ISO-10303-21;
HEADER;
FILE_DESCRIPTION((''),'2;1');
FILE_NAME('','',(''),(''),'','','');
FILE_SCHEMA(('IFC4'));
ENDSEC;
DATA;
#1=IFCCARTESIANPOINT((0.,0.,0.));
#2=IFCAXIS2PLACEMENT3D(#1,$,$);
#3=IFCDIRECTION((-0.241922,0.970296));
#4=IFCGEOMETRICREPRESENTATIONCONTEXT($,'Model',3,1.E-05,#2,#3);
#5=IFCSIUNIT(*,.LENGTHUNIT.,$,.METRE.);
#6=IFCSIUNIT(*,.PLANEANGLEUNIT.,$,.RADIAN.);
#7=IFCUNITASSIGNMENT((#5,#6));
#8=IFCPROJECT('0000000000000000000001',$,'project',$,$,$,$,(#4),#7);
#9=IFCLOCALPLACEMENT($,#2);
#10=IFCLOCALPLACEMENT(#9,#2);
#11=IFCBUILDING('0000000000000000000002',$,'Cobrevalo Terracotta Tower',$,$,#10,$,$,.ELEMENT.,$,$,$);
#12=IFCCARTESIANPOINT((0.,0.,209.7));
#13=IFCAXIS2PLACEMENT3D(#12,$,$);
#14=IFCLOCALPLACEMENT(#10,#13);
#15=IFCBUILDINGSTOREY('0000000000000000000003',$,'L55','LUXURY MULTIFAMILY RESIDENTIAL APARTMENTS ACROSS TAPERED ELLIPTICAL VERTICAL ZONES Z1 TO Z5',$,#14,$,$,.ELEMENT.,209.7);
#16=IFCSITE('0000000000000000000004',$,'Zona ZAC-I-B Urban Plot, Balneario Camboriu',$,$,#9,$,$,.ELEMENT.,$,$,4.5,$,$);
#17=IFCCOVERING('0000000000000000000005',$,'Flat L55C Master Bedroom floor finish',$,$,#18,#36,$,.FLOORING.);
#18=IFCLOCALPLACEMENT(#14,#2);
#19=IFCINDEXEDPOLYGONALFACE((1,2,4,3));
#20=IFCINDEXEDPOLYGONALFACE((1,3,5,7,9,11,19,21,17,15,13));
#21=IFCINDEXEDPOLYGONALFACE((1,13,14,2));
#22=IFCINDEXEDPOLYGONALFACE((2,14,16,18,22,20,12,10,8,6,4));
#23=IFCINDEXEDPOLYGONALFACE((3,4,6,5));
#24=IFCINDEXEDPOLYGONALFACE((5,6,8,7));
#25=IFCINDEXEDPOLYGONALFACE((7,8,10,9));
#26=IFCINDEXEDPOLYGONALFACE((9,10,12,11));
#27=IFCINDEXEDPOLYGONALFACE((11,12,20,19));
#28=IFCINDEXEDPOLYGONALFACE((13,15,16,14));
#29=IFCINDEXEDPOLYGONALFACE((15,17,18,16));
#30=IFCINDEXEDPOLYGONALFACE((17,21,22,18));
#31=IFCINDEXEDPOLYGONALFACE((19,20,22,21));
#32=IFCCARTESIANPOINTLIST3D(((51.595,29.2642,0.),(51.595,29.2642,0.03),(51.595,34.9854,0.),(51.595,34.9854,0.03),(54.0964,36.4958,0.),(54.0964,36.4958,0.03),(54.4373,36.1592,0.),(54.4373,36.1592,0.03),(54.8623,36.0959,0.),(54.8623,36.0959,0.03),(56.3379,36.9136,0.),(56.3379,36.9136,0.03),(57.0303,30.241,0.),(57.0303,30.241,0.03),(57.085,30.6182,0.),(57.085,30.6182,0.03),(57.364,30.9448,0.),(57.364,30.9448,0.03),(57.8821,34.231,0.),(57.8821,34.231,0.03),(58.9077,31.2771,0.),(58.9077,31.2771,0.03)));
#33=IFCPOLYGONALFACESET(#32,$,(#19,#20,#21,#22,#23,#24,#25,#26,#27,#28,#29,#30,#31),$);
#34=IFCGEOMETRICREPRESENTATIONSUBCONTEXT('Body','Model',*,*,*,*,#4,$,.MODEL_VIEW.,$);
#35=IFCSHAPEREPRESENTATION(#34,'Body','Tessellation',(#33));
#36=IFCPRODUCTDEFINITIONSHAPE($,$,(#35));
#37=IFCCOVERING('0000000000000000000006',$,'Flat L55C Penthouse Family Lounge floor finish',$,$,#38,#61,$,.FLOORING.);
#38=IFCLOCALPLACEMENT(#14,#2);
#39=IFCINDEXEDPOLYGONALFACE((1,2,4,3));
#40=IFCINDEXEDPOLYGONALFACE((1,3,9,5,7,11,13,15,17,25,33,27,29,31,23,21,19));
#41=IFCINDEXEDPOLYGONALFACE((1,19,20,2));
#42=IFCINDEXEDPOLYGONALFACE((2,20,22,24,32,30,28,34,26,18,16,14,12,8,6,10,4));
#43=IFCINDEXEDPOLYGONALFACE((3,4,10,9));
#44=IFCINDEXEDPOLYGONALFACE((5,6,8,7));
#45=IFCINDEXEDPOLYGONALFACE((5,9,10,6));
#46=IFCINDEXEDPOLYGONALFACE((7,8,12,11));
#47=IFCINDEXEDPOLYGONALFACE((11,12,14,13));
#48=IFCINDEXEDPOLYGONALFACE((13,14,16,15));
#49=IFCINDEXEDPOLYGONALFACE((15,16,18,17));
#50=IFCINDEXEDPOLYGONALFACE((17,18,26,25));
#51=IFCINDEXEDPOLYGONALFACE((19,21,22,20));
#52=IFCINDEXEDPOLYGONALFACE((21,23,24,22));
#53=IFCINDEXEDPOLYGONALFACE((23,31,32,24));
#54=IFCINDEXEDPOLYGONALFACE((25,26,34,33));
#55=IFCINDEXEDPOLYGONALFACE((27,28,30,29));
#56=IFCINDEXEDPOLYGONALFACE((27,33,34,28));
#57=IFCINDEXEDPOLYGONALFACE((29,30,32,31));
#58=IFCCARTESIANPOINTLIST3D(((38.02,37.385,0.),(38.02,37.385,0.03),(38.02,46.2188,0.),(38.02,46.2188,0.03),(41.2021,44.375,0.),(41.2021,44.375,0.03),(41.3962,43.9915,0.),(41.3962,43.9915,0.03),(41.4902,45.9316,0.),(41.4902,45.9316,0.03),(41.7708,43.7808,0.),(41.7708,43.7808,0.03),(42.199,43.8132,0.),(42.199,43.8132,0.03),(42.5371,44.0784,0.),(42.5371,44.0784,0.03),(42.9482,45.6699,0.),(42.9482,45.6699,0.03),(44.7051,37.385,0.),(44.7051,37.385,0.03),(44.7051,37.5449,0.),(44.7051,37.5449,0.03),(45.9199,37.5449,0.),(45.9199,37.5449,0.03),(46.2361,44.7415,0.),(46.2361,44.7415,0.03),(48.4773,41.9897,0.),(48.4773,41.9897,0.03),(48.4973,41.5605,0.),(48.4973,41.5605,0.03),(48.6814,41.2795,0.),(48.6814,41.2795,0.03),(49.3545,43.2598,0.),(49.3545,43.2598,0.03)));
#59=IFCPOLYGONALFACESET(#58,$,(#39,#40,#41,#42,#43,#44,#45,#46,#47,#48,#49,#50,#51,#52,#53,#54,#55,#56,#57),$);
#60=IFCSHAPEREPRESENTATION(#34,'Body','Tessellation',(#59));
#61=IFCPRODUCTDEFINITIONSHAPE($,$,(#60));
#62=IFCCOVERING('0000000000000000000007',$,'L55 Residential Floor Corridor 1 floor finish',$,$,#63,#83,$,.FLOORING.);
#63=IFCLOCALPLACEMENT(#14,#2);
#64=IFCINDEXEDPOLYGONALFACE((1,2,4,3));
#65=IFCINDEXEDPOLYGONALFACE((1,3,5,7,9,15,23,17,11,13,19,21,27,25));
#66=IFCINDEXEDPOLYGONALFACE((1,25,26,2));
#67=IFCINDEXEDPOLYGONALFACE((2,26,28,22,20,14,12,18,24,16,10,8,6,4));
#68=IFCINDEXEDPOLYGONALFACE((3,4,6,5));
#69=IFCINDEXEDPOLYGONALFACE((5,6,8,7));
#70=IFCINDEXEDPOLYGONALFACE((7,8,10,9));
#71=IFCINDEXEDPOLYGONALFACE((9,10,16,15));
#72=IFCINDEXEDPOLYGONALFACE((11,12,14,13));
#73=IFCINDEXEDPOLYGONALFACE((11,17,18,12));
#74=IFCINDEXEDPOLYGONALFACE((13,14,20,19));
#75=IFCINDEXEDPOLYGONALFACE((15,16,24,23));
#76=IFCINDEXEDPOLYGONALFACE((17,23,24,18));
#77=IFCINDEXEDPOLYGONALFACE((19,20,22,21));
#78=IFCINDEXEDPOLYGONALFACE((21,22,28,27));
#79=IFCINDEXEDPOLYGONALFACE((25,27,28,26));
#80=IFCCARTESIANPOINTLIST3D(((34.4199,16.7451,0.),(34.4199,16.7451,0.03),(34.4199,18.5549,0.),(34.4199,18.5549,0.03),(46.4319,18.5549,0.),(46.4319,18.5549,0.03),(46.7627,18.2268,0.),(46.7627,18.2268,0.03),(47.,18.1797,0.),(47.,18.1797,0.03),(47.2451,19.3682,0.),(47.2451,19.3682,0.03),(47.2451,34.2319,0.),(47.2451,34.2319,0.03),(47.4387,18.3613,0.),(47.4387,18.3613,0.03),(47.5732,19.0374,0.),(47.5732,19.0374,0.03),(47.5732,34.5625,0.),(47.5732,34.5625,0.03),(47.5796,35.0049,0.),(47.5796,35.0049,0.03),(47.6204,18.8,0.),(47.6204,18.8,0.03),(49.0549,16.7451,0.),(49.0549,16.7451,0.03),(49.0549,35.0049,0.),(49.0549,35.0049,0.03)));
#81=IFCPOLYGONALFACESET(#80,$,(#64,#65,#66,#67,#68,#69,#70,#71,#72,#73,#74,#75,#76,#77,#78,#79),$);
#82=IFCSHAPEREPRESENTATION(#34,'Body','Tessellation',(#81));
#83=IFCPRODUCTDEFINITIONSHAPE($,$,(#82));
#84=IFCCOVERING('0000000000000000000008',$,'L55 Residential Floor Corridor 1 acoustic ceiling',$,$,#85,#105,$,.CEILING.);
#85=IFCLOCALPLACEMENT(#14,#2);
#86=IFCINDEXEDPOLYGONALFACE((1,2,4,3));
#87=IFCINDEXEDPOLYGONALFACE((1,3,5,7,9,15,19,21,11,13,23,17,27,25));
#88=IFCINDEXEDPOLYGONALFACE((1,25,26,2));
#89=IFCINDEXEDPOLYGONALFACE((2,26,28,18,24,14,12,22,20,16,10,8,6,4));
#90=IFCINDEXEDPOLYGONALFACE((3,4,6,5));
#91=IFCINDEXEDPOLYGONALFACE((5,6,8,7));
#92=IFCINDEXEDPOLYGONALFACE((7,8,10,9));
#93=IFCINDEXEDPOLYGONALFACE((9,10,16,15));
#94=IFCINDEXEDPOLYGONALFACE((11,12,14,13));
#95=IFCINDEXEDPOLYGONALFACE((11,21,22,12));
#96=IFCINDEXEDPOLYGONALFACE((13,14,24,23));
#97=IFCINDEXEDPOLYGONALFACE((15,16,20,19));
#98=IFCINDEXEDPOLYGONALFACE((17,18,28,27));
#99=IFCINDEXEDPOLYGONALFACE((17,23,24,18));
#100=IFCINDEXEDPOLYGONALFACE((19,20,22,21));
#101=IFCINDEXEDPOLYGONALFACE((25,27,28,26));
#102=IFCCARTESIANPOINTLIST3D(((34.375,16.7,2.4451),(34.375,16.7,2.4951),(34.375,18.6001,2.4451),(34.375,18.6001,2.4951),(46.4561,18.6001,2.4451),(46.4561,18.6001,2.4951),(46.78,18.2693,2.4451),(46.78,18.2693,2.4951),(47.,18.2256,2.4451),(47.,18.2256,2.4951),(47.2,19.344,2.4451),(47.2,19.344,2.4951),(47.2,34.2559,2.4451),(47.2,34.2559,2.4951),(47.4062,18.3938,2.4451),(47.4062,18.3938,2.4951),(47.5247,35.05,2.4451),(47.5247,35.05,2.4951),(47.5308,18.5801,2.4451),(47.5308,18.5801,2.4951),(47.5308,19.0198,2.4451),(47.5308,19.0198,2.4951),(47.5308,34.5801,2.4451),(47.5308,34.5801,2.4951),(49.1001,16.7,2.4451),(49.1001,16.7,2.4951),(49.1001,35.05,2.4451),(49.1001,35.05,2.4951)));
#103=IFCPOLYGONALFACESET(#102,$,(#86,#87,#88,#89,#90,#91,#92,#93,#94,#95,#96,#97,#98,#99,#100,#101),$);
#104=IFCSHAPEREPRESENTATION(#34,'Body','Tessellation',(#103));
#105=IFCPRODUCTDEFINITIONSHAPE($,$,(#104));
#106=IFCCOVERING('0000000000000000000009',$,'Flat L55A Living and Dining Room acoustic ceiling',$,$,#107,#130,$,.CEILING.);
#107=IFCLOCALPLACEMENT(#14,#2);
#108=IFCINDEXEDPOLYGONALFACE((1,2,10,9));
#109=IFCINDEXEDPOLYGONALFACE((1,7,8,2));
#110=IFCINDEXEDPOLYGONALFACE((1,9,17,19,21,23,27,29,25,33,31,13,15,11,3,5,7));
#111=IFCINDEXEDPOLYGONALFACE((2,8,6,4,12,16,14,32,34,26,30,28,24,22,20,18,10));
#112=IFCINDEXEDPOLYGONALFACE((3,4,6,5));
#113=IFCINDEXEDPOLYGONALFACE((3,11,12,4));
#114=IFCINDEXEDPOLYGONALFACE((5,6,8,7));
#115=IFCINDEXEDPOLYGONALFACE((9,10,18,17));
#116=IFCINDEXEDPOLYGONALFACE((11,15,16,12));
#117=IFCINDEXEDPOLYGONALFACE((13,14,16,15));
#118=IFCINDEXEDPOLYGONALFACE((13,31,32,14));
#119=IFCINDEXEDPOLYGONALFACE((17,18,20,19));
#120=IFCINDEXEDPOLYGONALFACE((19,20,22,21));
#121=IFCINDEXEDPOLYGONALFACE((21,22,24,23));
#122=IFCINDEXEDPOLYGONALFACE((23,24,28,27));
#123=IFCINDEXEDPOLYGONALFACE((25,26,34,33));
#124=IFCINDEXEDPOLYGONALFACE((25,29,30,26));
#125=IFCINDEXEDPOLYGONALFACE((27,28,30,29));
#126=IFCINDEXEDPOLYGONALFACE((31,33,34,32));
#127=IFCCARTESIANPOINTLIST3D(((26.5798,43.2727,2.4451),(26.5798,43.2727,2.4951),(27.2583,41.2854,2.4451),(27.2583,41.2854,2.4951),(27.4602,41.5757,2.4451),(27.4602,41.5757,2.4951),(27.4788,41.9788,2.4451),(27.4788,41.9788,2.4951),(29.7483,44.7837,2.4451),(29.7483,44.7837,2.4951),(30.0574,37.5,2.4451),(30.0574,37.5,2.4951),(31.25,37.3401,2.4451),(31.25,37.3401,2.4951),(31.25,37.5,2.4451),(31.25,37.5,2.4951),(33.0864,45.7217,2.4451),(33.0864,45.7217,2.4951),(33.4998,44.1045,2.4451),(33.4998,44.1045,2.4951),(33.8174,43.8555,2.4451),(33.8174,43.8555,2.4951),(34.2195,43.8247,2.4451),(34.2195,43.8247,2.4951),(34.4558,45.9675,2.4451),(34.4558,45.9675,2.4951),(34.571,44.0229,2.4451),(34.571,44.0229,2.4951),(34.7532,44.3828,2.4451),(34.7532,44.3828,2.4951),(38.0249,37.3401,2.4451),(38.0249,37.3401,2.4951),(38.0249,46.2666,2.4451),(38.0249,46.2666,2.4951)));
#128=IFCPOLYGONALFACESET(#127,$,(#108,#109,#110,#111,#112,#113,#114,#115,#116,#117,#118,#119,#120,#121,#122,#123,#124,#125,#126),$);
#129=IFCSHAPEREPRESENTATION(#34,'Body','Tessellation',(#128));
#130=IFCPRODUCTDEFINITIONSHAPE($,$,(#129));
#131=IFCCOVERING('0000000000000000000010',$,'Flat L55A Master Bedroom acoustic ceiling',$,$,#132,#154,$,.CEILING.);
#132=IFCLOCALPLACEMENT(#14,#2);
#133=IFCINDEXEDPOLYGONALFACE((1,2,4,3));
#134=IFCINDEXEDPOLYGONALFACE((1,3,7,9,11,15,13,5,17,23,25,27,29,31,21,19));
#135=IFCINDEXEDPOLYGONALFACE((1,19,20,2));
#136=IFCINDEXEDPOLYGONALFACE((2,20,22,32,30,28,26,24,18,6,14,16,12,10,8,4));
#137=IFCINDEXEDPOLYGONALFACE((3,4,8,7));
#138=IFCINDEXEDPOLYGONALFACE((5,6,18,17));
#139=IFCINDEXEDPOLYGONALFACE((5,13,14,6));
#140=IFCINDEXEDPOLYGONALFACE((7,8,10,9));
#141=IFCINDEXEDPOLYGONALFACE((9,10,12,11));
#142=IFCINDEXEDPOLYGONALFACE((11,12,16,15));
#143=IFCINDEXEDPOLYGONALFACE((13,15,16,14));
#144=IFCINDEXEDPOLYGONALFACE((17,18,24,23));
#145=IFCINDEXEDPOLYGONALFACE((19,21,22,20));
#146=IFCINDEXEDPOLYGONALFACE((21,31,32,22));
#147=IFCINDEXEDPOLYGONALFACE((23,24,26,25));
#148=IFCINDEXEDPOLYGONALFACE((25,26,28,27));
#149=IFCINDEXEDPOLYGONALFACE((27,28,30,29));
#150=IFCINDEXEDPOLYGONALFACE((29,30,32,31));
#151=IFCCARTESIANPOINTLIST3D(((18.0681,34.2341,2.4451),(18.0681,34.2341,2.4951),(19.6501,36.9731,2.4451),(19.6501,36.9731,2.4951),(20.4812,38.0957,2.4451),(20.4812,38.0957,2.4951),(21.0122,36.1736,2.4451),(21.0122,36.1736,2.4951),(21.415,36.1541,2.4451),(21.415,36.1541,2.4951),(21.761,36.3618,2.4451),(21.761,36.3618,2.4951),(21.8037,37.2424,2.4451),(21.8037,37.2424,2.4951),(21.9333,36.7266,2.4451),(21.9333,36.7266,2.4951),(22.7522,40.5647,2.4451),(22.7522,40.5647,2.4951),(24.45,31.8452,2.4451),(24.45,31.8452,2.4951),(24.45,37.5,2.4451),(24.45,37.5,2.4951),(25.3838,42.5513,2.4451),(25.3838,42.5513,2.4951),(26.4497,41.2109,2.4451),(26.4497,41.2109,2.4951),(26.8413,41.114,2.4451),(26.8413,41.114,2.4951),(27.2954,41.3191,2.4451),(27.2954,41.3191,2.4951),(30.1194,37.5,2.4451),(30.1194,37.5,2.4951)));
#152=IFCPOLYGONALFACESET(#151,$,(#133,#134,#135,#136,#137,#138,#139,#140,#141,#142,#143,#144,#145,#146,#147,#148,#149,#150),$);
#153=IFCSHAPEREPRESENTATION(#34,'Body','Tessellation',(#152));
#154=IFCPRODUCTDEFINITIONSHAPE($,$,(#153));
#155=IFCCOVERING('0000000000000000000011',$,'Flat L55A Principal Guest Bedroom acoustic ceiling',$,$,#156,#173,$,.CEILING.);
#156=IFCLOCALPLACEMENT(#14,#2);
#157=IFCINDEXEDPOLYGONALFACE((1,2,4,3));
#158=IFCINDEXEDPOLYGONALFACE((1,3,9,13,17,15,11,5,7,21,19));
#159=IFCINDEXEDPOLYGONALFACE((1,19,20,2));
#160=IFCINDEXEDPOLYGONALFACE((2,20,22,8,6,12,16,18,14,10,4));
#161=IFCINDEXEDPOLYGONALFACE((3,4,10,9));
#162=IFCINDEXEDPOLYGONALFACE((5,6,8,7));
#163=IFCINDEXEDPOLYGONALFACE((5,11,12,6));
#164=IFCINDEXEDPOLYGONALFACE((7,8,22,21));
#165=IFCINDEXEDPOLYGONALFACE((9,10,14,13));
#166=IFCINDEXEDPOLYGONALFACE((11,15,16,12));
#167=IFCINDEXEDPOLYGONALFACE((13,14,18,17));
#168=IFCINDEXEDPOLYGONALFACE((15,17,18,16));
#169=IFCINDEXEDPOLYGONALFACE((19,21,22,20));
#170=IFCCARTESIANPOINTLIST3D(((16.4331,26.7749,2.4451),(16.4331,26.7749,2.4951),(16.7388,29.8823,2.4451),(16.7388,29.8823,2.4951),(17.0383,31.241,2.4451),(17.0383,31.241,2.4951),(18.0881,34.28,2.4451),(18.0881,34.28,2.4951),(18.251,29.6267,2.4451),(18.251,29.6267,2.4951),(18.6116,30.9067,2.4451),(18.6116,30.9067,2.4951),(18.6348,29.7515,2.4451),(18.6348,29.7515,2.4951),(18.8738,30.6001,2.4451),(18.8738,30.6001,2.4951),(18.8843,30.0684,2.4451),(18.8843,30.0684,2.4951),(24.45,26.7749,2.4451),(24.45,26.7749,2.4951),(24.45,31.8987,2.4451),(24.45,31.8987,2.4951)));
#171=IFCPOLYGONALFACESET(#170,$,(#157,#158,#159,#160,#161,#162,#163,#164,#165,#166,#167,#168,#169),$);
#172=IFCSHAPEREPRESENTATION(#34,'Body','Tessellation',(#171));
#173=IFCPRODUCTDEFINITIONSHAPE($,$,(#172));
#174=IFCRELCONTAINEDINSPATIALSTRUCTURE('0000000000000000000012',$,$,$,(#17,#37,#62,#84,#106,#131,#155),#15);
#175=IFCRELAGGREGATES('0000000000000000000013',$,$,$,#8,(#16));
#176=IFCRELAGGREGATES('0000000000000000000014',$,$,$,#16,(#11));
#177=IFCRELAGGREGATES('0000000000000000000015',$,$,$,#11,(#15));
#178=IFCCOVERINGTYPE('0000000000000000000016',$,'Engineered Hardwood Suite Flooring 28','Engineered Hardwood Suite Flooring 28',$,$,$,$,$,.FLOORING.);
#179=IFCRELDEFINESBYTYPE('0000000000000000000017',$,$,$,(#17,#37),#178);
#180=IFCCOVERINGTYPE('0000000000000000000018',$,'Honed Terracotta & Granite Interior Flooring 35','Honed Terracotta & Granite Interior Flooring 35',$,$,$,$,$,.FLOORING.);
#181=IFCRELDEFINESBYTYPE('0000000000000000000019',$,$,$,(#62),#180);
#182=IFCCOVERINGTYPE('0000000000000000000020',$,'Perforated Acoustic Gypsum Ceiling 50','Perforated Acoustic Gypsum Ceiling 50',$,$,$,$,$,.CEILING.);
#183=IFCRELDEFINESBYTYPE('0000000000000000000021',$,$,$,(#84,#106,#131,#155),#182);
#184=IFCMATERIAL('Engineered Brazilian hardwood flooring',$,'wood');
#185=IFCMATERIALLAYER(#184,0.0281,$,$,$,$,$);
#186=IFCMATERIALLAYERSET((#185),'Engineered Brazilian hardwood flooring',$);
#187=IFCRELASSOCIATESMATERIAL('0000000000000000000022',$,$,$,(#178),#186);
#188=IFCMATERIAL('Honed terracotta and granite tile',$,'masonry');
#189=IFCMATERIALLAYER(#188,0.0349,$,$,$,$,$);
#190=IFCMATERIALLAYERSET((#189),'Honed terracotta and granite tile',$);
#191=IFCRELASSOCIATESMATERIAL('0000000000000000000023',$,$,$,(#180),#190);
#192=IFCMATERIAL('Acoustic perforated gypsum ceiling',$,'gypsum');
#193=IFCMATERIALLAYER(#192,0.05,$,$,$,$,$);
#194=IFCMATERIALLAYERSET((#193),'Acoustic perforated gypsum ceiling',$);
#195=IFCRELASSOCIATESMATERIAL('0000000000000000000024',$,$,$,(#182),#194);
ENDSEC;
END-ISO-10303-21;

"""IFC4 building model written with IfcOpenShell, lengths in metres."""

from ifc_helpers import new_model, si_unit, direction, frame, origin, place, context, subcontext, project, spatial, polyline, outline, extrude, material, layer, layer_set, type_object, element, save


model = new_model("IFC4")

# Units and contexts
model_context = context("Model", 3, precision=1e-05, world=origin(), true_north=direction((-0.241922, 0.970296)))
body_context = subcontext(model_context, "Body", "Model", "MODEL_VIEW")
ifc_project = project(units=[si_unit("LENGTHUNIT", "METRE"), si_unit("PLANEANGLEUNIT", "RADIAN")], contexts=[model_context])

# Site, building, storey
site_placement = place(None, origin())
site = spatial("IfcSite", under=ifc_project, at=site_placement, Name="Zona ZAC-I-B Urban Plot, Balneario Camboriu", CompositionType="ELEMENT", RefElevation=4.5)
building_placement = place(site_placement, origin())
building = spatial("IfcBuilding", under=site, at=building_placement, Name="Cobrevalo Terracotta Tower", CompositionType="ELEMENT")
storey_placement = place(building_placement, frame((0.0, 0.0, 209.7)))
storey = spatial("IfcBuildingStorey", under=building, at=storey_placement, Name="L55", Description="LUXURY MULTIFAMILY RESIDENTIAL APARTMENTS ACROSS TAPERED ELLIPTICAL VERTICAL ZONES Z1 TO Z5", CompositionType="ELEMENT", Elevation=209.7)

# Coverings
ifc_material_1 = material(Name="Engineered Brazilian hardwood flooring", Category="wood")
ifc_layer_1 = layer(ifc_material_1, 0.0281)
ifc_layer_set_1 = layer_set([ifc_layer_1], Name="Engineered Brazilian hardwood flooring")
covering_type_1 = type_object("IfcCoveringType", Name="Engineered Hardwood Suite Flooring 28", Description="Engineered Hardwood Suite Flooring 28", PredefinedType="FLOORING", material=ifc_layer_set_1)
covering_1_placement = place(storey_placement, origin())
element("IfcCovering", 1, at=covering_1_placement, inside=storey, type_object=covering_type_1, Name="Flat L55C Master Bedroom floor finish", PredefinedType="FLOORING", context=body_context, shape_type="SweptSolid", body=[
    extrude(outline(polyline([(54.0964, 36.4958), (54.4373, 36.1592), (54.8623, 36.0959), (56.3379, 36.9136), (57.8821, 34.231), (58.9077, 31.2771), (57.364, 30.9448), (57.085, 30.6182), (57.0303, 30.241), (51.595, 29.2642), (51.595, 34.9854), (54.0964, 36.4958)])), origin(), (0.0, 0.0, 1.0), 0.03),
])
covering_2_placement = place(storey_placement, origin())
element("IfcCovering", 2, at=covering_2_placement, inside=storey, type_object=covering_type_1, Name="Flat L55C Penthouse Family Lounge floor finish", PredefinedType="FLOORING", context=body_context, shape_type="SweptSolid", body=[
    extrude(outline(polyline([(44.7051, 37.385), (38.02, 37.385), (38.02, 46.2188), (41.4902, 45.9316), (41.2021, 44.375), (41.3962, 43.9915), (41.7708, 43.7808), (42.199, 43.8132), (42.5371, 44.0784), (42.9482, 45.6699), (46.2361, 44.7415), (49.3545, 43.2598), (48.4773, 41.9897), (48.4973, 41.5605), (48.6814, 41.2795), (45.9199, 37.5449), (44.7051, 37.5449), (44.7051, 37.385)])), origin(), (0.0, 0.0, 1.0), 0.03),
])
ifc_material_2 = material(Name="Honed terracotta and granite tile", Category="masonry")
ifc_layer_2 = layer(ifc_material_2, 0.0349)
ifc_layer_set_2 = layer_set([ifc_layer_2], Name="Honed terracotta and granite tile")
covering_type_2 = type_object("IfcCoveringType", Name="Honed Terracotta & Granite Interior Flooring 35", Description="Honed Terracotta & Granite Interior Flooring 35", PredefinedType="FLOORING", material=ifc_layer_set_2)
covering_3_placement = place(storey_placement, origin())
element("IfcCovering", 3, at=covering_3_placement, inside=storey, type_object=covering_type_2, Name="L55 Residential Floor Corridor 1 floor finish", PredefinedType="FLOORING", context=body_context, shape_type="SweptSolid", body=[
    extrude(outline(polyline([(34.4199, 18.5549), (46.4319, 18.5549), (46.7627, 18.2268), (47.0, 18.1797), (47.4387, 18.3613), (47.6204, 18.8), (47.5732, 19.0374), (47.2451, 19.3682), (47.2451, 34.2319), (47.5732, 34.5625), (47.5796, 35.0049), (49.0549, 35.0049), (49.0549, 16.7451), (34.4199, 16.7451), (34.4199, 18.5549)])), origin(), (0.0, 0.0, 1.0), 0.03),
])
ifc_material_3 = material(Name="Acoustic perforated gypsum ceiling", Category="gypsum")
ifc_layer_3 = layer(ifc_material_3, 0.05)
ifc_layer_set_3 = layer_set([ifc_layer_3], Name="Acoustic perforated gypsum ceiling")
covering_type_3 = type_object("IfcCoveringType", Name="Perforated Acoustic Gypsum Ceiling 50", Description="Perforated Acoustic Gypsum Ceiling 50", PredefinedType="CEILING", material=ifc_layer_set_3)
covering_4_placement = place(storey_placement, frame((0.0, 0.0, 2.4451)))
element("IfcCovering", 4, at=covering_4_placement, inside=storey, type_object=covering_type_3, Name="L55 Residential Floor Corridor 1 acoustic ceiling", PredefinedType="CEILING", context=body_context, shape_type="SweptSolid", body=[
    extrude(outline(polyline([(34.375, 18.6001), (46.4561, 18.6001), (46.78, 18.2693), (47.0, 18.2256), (47.4062, 18.3938), (47.5308, 18.5801), (47.5308, 19.0198), (47.2, 19.344), (47.2, 34.2559), (47.5308, 34.5801), (47.5247, 35.05), (49.1001, 35.05), (49.1001, 16.7), (34.375, 16.7), (34.375, 18.6001)])), origin(), (0.0, 0.0, 1.0), 0.05),
])
covering_5_placement = place(storey_placement, frame((0.0, 0.0, 2.4451)))
element("IfcCovering", 5, at=covering_5_placement, inside=storey, type_object=covering_type_3, Name="Flat L55A Living and Dining Room acoustic ceiling", PredefinedType="CEILING", context=body_context, shape_type="SweptSolid", body=[
    extrude(outline(polyline([(29.7483, 44.7837), (33.0864, 45.7217), (33.4998, 44.1045), (33.8174, 43.8555), (34.2195, 43.8247), (34.571, 44.0229), (34.7532, 44.3828), (34.4558, 45.9675), (38.0249, 46.2666), (38.0249, 37.3401), (31.25, 37.3401), (31.25, 37.5), (30.0574, 37.5), (27.2583, 41.2854), (27.4602, 41.5757), (27.4788, 41.9788), (26.5798, 43.2727), (29.7483, 44.7837)])), origin(), (0.0, 0.0, 1.0), 0.05),
])
covering_6_placement = place(storey_placement, frame((0.0, 0.0, 2.4451)))
element("IfcCovering", 6, at=covering_6_placement, inside=storey, type_object=covering_type_3, Name="Flat L55A Master Bedroom acoustic ceiling", PredefinedType="CEILING", context=body_context, shape_type="SweptSolid", body=[
    extrude(outline(polyline([(19.6501, 36.9731), (21.0122, 36.1736), (21.415, 36.1541), (21.761, 36.3618), (21.9333, 36.7266), (21.8037, 37.2424), (20.4812, 38.0957), (22.7522, 40.5647), (25.3838, 42.5513), (26.4497, 41.2109), (26.8413, 41.114), (27.2954, 41.3191), (30.1194, 37.5), (24.45, 37.5), (24.45, 31.8452), (18.0681, 34.2341), (19.6501, 36.9731)])), origin(), (0.0, 0.0, 1.0), 0.05),
])
covering_7_placement = place(storey_placement, frame((0.0, 0.0, 2.4451)))
element("IfcCovering", 7, at=covering_7_placement, inside=storey, type_object=covering_type_3, Name="Flat L55A Principal Guest Bedroom acoustic ceiling", PredefinedType="CEILING", context=body_context, shape_type="SweptSolid", body=[
    extrude(outline(polyline([(16.7388, 29.8823), (18.251, 29.6267), (18.6348, 29.7515), (18.8843, 30.0684), (18.8738, 30.6001), (18.6116, 30.9067), (17.0383, 31.241), (18.0881, 34.28), (24.45, 31.8987), (24.45, 26.7749), (16.4331, 26.7749), (16.7388, 29.8823)])), origin(), (0.0, 0.0, 1.0), 0.05),
])

save(model, "model.ifc")
